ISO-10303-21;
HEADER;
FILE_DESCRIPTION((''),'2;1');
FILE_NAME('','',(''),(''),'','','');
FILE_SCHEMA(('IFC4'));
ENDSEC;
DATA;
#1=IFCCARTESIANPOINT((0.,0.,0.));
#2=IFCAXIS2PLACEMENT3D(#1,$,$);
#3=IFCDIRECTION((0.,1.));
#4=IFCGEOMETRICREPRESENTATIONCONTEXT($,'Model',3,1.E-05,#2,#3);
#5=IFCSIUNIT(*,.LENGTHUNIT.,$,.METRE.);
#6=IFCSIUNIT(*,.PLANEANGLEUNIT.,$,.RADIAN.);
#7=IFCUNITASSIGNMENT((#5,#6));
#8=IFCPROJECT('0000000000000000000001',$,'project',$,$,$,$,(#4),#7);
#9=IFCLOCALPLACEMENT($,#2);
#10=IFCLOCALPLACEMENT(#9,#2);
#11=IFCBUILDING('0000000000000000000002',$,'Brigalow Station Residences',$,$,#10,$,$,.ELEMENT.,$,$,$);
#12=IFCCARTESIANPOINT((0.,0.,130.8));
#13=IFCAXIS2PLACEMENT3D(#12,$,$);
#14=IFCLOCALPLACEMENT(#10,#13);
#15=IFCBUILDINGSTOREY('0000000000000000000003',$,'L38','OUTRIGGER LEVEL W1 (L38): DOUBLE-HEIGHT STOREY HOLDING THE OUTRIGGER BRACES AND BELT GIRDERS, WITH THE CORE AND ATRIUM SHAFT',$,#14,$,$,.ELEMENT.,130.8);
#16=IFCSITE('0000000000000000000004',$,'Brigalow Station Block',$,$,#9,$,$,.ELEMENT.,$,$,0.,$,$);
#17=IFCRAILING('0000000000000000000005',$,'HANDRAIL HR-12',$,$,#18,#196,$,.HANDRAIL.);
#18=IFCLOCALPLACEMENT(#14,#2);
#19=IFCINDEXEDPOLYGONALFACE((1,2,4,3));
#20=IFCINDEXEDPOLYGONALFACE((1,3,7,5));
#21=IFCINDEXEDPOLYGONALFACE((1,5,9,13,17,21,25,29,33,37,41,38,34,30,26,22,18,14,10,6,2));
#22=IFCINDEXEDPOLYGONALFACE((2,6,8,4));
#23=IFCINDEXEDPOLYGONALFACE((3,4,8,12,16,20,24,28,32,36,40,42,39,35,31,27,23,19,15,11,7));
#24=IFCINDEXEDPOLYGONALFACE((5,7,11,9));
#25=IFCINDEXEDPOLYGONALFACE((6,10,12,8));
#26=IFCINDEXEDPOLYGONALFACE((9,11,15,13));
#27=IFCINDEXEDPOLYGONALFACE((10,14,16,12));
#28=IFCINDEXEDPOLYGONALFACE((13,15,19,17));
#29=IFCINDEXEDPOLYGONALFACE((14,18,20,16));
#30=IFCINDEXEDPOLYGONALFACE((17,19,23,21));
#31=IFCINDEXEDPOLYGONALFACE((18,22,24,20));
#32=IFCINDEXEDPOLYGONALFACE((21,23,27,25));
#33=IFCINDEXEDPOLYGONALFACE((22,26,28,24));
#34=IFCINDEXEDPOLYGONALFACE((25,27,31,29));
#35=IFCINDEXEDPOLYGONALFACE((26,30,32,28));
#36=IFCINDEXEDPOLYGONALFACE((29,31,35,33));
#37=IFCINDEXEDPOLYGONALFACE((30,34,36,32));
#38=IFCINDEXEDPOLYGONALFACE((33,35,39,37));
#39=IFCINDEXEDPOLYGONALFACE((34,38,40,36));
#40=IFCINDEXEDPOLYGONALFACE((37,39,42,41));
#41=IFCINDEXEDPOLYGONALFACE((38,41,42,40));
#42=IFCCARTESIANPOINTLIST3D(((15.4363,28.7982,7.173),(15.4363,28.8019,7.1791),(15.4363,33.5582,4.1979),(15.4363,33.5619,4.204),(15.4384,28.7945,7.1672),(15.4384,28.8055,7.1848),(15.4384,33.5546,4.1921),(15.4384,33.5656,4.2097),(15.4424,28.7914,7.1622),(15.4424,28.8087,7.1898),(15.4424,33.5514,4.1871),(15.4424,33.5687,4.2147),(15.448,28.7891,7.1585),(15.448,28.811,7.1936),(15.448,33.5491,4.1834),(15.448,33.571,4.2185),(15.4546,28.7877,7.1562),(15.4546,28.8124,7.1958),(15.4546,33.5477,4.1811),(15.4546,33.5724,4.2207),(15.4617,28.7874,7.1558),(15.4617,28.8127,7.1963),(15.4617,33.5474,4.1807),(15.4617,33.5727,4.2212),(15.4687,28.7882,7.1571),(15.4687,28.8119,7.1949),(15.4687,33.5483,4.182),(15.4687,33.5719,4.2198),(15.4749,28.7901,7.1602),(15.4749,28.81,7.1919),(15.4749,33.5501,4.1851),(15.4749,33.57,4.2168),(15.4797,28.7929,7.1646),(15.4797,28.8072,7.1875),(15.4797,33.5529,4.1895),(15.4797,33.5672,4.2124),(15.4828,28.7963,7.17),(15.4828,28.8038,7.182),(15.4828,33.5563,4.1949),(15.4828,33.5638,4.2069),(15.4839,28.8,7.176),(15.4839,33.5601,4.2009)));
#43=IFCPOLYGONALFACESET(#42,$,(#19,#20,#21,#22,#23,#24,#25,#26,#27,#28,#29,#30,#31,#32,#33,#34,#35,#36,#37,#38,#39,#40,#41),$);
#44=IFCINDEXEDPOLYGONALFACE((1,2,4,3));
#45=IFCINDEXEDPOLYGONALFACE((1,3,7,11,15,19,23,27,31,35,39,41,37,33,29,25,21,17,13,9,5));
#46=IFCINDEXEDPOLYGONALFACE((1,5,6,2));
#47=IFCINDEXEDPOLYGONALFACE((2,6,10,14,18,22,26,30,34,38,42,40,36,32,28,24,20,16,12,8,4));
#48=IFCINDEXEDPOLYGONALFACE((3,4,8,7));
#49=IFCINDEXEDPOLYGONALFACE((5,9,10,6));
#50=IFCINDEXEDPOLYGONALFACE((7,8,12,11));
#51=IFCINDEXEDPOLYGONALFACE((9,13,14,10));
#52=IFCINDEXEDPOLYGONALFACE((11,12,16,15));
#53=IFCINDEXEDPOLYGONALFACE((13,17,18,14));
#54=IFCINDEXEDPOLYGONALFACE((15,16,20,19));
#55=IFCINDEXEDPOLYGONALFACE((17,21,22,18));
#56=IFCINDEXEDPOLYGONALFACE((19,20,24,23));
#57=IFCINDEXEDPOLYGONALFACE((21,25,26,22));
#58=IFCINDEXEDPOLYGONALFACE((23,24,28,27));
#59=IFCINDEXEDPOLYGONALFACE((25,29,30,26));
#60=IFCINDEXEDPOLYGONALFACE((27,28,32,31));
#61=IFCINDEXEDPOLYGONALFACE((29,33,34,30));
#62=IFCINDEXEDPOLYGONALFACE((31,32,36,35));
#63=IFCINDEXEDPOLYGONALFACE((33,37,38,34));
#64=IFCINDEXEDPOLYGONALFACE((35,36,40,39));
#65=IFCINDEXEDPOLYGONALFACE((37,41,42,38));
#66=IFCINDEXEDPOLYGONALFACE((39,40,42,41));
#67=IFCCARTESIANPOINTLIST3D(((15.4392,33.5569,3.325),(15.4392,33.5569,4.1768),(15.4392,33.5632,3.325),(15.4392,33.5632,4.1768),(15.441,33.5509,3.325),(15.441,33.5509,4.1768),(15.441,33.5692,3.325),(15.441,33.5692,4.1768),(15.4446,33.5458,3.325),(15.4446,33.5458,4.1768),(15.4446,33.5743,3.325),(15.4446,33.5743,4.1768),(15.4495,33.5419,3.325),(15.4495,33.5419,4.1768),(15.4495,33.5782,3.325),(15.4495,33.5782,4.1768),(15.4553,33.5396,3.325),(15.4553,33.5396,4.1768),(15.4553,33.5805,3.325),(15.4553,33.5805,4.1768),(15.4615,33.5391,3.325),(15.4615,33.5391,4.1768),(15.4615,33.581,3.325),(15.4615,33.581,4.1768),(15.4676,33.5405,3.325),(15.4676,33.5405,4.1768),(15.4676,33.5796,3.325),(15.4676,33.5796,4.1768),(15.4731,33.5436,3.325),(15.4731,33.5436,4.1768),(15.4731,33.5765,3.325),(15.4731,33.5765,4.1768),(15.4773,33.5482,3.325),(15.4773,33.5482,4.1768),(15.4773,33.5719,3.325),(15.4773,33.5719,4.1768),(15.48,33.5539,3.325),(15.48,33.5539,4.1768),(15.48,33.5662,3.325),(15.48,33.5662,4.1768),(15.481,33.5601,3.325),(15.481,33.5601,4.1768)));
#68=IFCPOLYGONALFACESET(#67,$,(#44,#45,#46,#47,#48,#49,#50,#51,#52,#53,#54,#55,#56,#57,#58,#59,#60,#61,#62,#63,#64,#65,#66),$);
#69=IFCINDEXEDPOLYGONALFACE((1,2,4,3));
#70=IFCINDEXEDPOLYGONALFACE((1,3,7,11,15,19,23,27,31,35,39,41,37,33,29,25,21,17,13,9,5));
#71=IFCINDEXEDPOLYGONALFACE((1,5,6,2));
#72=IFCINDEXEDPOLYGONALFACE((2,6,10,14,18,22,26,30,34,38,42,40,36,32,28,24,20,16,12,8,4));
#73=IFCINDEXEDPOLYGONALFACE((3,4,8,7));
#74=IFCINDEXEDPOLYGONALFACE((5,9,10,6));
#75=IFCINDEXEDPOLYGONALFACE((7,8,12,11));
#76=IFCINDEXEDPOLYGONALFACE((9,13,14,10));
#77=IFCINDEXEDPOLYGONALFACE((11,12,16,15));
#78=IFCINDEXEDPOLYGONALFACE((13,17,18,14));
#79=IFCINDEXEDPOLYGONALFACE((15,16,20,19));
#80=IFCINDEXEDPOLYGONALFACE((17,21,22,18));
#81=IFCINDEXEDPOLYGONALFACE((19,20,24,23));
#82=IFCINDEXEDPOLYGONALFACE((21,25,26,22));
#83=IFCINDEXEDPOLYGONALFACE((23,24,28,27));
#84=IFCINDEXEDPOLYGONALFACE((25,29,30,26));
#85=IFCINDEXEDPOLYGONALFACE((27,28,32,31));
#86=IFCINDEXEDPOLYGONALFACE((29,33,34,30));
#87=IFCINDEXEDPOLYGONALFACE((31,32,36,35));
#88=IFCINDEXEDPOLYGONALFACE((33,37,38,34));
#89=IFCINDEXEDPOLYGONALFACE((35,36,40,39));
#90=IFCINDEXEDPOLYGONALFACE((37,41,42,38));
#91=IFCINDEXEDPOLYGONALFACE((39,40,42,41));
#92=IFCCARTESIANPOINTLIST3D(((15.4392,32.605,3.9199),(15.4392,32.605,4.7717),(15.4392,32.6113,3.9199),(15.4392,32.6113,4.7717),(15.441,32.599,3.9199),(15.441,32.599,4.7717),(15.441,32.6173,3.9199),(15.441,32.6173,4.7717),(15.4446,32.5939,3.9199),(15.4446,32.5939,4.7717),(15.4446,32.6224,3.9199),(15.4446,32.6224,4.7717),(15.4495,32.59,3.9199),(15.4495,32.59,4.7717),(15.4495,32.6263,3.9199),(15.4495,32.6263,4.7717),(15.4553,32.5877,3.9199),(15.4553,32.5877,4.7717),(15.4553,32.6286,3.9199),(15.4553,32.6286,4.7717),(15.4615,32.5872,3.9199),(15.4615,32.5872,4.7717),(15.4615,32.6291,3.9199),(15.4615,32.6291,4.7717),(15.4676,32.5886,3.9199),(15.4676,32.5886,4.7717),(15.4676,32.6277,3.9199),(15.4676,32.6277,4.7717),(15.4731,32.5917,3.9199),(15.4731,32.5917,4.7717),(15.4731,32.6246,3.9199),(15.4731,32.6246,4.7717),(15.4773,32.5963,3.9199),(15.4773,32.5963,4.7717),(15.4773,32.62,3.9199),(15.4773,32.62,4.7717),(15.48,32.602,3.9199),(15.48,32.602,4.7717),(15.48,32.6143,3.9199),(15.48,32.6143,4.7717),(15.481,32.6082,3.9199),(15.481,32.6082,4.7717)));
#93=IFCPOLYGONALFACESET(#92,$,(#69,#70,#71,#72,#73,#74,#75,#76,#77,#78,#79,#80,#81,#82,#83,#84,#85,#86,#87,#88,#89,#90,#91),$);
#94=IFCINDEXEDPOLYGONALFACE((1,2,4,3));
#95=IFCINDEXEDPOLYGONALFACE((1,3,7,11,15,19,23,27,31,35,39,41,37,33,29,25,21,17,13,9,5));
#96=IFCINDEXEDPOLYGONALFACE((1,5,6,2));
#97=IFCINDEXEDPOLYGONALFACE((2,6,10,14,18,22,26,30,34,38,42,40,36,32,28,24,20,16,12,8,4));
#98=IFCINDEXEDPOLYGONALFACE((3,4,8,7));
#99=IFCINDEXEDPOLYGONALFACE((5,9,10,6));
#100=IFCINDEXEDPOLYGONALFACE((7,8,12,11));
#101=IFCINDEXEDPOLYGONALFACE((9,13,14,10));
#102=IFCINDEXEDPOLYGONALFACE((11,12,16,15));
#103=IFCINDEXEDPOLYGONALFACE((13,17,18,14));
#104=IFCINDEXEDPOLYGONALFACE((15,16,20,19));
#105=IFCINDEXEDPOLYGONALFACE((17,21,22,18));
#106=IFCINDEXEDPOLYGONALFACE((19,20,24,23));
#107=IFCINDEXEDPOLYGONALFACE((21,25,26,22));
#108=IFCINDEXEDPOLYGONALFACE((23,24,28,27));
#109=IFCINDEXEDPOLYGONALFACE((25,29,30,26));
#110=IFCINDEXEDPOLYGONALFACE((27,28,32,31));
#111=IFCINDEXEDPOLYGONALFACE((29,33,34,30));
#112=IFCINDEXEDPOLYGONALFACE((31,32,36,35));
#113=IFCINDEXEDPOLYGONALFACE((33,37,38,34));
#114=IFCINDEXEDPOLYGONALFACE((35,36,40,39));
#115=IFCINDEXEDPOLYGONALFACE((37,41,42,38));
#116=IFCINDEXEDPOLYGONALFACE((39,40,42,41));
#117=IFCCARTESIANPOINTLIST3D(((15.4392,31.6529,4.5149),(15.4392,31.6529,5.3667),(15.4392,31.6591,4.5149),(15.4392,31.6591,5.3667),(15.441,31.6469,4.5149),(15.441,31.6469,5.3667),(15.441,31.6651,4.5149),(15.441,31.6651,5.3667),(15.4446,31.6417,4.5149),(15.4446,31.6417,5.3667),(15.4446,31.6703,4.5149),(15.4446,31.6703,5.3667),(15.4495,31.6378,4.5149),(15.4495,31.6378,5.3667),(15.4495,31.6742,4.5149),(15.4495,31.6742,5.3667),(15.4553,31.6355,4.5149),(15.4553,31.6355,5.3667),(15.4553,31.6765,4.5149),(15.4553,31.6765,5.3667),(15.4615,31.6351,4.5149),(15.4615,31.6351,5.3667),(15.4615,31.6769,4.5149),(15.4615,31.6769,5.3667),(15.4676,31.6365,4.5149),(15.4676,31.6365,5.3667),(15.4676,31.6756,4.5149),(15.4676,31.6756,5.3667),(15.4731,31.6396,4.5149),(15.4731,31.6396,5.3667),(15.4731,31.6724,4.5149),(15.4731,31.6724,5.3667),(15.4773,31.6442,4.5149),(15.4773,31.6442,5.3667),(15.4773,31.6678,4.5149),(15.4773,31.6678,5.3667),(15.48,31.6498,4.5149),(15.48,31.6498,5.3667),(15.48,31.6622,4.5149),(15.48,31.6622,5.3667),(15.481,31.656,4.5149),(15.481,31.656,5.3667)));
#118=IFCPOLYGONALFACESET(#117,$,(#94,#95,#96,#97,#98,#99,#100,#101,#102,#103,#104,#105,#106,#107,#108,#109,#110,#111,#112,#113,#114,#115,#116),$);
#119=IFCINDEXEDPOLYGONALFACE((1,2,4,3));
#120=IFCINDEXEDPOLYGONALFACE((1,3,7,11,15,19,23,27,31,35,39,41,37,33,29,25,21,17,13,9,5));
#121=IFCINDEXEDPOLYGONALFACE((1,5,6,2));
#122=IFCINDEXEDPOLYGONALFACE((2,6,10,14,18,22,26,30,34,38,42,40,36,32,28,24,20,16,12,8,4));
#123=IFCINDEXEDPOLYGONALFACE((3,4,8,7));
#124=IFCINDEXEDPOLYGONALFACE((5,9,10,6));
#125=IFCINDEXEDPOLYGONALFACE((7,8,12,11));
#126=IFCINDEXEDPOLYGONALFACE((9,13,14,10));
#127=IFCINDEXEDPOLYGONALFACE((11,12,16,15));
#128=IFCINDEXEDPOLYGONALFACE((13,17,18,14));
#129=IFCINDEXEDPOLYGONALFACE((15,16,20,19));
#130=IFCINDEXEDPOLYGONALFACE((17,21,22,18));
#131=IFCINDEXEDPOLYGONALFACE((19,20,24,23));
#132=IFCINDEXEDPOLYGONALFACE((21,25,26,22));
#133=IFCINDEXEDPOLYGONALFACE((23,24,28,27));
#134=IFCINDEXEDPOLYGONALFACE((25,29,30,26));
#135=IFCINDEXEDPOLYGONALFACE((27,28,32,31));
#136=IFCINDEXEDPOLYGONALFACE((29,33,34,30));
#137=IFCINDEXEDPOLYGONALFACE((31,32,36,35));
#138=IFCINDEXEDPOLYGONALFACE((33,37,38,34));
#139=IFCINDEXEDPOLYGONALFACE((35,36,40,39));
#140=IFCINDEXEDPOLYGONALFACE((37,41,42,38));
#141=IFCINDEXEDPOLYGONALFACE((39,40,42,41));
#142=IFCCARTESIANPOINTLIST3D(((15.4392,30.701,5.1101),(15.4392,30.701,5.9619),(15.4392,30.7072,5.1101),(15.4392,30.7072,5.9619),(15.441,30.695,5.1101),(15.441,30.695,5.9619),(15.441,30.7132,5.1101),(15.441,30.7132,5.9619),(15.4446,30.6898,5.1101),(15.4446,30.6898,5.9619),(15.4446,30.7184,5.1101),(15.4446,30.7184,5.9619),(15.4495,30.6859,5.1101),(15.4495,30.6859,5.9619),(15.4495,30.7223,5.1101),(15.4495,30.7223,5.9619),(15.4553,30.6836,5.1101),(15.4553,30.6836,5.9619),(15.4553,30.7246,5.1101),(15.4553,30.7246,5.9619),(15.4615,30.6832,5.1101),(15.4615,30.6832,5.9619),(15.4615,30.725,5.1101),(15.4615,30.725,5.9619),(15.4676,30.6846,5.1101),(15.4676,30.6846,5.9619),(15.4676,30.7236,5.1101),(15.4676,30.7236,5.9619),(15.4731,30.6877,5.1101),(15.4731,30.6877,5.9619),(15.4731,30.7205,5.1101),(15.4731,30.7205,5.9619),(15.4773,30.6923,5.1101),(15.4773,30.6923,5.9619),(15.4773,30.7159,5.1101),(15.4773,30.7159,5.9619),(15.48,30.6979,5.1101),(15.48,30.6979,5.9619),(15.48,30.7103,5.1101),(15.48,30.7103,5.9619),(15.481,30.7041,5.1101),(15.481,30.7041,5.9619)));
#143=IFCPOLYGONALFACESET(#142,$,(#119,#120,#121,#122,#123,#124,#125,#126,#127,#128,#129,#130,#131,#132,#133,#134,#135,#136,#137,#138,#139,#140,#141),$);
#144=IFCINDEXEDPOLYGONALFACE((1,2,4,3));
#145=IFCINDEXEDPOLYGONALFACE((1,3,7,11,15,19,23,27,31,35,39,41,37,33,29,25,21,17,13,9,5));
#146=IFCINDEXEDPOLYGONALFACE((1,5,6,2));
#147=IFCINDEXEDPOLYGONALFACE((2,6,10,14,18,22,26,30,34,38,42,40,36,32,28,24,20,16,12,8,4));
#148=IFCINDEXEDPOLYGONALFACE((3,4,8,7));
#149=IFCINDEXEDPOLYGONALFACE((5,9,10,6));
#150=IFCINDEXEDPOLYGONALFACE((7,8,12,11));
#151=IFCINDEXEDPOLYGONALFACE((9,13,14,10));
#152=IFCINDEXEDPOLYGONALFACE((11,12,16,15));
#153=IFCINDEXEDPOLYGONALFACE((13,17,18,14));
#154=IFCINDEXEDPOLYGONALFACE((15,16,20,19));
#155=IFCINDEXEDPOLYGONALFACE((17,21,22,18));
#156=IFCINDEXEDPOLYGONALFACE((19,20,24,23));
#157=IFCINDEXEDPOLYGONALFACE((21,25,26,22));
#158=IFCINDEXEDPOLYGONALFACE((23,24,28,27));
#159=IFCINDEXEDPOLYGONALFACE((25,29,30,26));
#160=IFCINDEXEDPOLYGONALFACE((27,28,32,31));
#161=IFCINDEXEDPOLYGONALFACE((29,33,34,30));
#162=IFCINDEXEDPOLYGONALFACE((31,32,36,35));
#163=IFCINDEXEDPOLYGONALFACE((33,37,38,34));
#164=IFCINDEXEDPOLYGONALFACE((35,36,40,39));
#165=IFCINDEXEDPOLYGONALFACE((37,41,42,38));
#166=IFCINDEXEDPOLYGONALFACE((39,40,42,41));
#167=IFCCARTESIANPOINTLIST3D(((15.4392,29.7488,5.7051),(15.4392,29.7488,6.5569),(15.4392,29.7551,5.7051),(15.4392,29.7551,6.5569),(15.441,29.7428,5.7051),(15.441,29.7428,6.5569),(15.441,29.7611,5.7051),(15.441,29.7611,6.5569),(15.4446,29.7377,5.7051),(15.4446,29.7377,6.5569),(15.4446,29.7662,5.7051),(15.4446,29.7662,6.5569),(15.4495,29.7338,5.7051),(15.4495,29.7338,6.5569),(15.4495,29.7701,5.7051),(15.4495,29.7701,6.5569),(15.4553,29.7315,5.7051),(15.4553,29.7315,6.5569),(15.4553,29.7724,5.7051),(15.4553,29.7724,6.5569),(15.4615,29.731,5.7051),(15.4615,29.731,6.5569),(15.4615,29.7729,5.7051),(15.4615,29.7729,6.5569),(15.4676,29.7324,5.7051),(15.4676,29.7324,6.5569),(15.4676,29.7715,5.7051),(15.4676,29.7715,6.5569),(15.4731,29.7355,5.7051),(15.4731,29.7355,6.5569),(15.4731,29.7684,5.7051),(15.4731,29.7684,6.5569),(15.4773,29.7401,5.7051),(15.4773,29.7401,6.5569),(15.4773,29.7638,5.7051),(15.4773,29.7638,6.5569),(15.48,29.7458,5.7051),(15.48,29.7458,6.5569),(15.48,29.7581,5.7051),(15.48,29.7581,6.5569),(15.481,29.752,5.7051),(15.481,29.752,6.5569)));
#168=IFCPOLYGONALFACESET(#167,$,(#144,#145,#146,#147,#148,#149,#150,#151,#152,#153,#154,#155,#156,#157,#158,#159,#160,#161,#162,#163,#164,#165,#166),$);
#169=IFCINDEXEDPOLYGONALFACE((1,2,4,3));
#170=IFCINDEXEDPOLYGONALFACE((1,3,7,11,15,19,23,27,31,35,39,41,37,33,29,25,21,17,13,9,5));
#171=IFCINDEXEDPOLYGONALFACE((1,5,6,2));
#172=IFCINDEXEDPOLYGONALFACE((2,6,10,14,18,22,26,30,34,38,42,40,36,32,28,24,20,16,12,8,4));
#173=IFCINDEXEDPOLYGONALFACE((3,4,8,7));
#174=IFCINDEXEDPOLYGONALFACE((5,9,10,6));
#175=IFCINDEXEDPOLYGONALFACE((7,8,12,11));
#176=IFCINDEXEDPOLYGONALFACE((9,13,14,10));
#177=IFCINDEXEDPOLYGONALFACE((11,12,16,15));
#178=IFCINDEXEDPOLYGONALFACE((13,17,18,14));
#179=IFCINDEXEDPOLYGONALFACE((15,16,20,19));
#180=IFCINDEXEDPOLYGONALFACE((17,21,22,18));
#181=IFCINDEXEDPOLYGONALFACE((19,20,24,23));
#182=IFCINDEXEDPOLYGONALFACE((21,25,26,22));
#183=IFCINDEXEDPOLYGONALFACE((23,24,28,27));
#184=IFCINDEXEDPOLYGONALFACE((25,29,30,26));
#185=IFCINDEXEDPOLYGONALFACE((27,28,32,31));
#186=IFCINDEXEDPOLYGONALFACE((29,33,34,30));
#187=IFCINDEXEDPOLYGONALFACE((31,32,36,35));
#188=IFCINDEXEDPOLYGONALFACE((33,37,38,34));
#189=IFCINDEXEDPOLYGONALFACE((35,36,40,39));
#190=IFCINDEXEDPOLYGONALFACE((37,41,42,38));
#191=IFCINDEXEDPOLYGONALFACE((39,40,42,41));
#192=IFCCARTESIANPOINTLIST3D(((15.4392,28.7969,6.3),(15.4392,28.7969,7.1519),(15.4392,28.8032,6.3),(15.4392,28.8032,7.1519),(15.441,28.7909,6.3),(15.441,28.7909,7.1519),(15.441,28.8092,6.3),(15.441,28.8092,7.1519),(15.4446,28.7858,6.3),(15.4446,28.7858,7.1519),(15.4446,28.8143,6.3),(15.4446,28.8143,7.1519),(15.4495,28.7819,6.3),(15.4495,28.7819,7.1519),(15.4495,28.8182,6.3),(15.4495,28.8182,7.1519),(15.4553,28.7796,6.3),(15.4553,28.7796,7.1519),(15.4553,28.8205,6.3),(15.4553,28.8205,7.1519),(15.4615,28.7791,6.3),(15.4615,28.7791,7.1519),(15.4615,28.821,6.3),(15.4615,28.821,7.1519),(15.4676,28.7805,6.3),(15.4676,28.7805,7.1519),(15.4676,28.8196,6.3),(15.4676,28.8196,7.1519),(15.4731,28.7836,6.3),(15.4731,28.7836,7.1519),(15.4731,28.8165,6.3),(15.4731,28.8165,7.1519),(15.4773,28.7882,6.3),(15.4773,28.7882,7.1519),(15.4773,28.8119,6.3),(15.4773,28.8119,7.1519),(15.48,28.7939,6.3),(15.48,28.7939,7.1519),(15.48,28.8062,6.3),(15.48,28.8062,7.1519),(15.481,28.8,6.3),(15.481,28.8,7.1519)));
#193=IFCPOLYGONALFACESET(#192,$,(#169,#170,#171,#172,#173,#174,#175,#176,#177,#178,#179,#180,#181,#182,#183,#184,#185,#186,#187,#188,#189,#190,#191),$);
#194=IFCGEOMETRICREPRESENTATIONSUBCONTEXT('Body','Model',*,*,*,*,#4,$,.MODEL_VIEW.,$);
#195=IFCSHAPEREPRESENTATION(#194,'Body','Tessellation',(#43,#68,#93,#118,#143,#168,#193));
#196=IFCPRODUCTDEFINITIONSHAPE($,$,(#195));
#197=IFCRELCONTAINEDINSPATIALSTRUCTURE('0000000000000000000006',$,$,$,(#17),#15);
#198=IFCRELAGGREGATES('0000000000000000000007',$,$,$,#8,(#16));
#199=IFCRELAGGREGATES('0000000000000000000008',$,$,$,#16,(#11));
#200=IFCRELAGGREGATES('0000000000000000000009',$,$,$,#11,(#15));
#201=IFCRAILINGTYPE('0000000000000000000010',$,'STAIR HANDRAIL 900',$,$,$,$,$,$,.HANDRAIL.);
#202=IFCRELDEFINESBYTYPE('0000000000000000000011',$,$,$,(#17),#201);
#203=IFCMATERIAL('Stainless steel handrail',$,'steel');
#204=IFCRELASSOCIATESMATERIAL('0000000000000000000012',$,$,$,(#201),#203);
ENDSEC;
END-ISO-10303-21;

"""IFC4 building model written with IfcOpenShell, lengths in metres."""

from ifc_helpers import new_model, si_unit, direction, frame, origin, origin_2d, place, context, subcontext, project, spatial, circle, extrude, material, type_object, element, save


model = new_model("IFC4")

# Units and contexts
model_context = context("Model", 3, precision=1e-05, world=origin(), true_north=direction((0.0, 1.0)))
body_context = subcontext(model_context, "Body", "Model", "MODEL_VIEW")
ifc_project = project(units=[si_unit("LENGTHUNIT", "METRE"), si_unit("PLANEANGLEUNIT", "RADIAN")], contexts=[model_context])

# Site, building, storey
site_placement = place(None, origin())
site = spatial("IfcSite", under=ifc_project, at=site_placement, Name="Brigalow Station Block", CompositionType="ELEMENT", RefElevation=0.0)
building_placement = place(site_placement, origin())
building = spatial("IfcBuilding", under=site, at=building_placement, Name="Brigalow Station Residences", CompositionType="ELEMENT")
storey_placement = place(building_placement, frame((0.0, 0.0, 130.8)))
storey = spatial("IfcBuildingStorey", under=building, at=storey_placement, Name="L38", Description="OUTRIGGER LEVEL W1 (L38): DOUBLE-HEIGHT STOREY HOLDING THE OUTRIGGER BRACES AND BELT GIRDERS, WITH THE CORE AND ATRIUM SHAFT", CompositionType="ELEMENT", Elevation=130.8)

# Railing
ifc_material_1 = material(Name="Stainless steel handrail", Category="steel")
railing_type_1 = type_object("IfcRailingType", Name="STAIR HANDRAIL 900", PredefinedType="HANDRAIL", material=ifc_material_1)
railing_1_placement = place(storey_placement, frame((15.46, 33.5601, 3.325)))
element("IfcRailing", 1, at=railing_1_placement, inside=storey, type_object=railing_type_1, Name="HANDRAIL HR-12", PredefinedType="HANDRAIL", context=body_context, shape_type="SweptSolid", body=[
    extrude(circle(Radius=0.0239, at=origin_2d()), frame((0.0, 0.0, 0.876), z_axis=(0.0, -0.847991, 0.530011), x_axis=(1.0, 0.0, 0.0)), (0.0, 0.0, 1.0), 5.6133),
    extrude(circle(Radius=0.021, at=origin_2d()), origin(), (0.0, 0.0, 1.0), 0.8518),
    extrude(circle(Radius=0.021, at=origin_2d()), frame((0.0, -0.9519, 0.595)), (0.0, 0.0, 1.0), 0.8518),
    extrude(circle(Radius=0.021, at=origin_2d()), frame((0.0, -1.9041, 1.1899)), (0.0, 0.0, 1.0), 0.8518),
    extrude(circle(Radius=0.021, at=origin_2d()), frame((0.0, -2.856, 1.7852)), (0.0, 0.0, 1.0), 0.8518),
    extrude(circle(Radius=0.021, at=origin_2d()), frame((0.0, -3.8081, 2.3801)), (0.0, 0.0, 1.0), 0.8518),
    extrude(circle(Radius=0.021, at=origin_2d()), frame((0.0, -4.76, 2.9751)), (0.0, 0.0, 1.0), 0.8518),
])

save(model, "model.ifc")
